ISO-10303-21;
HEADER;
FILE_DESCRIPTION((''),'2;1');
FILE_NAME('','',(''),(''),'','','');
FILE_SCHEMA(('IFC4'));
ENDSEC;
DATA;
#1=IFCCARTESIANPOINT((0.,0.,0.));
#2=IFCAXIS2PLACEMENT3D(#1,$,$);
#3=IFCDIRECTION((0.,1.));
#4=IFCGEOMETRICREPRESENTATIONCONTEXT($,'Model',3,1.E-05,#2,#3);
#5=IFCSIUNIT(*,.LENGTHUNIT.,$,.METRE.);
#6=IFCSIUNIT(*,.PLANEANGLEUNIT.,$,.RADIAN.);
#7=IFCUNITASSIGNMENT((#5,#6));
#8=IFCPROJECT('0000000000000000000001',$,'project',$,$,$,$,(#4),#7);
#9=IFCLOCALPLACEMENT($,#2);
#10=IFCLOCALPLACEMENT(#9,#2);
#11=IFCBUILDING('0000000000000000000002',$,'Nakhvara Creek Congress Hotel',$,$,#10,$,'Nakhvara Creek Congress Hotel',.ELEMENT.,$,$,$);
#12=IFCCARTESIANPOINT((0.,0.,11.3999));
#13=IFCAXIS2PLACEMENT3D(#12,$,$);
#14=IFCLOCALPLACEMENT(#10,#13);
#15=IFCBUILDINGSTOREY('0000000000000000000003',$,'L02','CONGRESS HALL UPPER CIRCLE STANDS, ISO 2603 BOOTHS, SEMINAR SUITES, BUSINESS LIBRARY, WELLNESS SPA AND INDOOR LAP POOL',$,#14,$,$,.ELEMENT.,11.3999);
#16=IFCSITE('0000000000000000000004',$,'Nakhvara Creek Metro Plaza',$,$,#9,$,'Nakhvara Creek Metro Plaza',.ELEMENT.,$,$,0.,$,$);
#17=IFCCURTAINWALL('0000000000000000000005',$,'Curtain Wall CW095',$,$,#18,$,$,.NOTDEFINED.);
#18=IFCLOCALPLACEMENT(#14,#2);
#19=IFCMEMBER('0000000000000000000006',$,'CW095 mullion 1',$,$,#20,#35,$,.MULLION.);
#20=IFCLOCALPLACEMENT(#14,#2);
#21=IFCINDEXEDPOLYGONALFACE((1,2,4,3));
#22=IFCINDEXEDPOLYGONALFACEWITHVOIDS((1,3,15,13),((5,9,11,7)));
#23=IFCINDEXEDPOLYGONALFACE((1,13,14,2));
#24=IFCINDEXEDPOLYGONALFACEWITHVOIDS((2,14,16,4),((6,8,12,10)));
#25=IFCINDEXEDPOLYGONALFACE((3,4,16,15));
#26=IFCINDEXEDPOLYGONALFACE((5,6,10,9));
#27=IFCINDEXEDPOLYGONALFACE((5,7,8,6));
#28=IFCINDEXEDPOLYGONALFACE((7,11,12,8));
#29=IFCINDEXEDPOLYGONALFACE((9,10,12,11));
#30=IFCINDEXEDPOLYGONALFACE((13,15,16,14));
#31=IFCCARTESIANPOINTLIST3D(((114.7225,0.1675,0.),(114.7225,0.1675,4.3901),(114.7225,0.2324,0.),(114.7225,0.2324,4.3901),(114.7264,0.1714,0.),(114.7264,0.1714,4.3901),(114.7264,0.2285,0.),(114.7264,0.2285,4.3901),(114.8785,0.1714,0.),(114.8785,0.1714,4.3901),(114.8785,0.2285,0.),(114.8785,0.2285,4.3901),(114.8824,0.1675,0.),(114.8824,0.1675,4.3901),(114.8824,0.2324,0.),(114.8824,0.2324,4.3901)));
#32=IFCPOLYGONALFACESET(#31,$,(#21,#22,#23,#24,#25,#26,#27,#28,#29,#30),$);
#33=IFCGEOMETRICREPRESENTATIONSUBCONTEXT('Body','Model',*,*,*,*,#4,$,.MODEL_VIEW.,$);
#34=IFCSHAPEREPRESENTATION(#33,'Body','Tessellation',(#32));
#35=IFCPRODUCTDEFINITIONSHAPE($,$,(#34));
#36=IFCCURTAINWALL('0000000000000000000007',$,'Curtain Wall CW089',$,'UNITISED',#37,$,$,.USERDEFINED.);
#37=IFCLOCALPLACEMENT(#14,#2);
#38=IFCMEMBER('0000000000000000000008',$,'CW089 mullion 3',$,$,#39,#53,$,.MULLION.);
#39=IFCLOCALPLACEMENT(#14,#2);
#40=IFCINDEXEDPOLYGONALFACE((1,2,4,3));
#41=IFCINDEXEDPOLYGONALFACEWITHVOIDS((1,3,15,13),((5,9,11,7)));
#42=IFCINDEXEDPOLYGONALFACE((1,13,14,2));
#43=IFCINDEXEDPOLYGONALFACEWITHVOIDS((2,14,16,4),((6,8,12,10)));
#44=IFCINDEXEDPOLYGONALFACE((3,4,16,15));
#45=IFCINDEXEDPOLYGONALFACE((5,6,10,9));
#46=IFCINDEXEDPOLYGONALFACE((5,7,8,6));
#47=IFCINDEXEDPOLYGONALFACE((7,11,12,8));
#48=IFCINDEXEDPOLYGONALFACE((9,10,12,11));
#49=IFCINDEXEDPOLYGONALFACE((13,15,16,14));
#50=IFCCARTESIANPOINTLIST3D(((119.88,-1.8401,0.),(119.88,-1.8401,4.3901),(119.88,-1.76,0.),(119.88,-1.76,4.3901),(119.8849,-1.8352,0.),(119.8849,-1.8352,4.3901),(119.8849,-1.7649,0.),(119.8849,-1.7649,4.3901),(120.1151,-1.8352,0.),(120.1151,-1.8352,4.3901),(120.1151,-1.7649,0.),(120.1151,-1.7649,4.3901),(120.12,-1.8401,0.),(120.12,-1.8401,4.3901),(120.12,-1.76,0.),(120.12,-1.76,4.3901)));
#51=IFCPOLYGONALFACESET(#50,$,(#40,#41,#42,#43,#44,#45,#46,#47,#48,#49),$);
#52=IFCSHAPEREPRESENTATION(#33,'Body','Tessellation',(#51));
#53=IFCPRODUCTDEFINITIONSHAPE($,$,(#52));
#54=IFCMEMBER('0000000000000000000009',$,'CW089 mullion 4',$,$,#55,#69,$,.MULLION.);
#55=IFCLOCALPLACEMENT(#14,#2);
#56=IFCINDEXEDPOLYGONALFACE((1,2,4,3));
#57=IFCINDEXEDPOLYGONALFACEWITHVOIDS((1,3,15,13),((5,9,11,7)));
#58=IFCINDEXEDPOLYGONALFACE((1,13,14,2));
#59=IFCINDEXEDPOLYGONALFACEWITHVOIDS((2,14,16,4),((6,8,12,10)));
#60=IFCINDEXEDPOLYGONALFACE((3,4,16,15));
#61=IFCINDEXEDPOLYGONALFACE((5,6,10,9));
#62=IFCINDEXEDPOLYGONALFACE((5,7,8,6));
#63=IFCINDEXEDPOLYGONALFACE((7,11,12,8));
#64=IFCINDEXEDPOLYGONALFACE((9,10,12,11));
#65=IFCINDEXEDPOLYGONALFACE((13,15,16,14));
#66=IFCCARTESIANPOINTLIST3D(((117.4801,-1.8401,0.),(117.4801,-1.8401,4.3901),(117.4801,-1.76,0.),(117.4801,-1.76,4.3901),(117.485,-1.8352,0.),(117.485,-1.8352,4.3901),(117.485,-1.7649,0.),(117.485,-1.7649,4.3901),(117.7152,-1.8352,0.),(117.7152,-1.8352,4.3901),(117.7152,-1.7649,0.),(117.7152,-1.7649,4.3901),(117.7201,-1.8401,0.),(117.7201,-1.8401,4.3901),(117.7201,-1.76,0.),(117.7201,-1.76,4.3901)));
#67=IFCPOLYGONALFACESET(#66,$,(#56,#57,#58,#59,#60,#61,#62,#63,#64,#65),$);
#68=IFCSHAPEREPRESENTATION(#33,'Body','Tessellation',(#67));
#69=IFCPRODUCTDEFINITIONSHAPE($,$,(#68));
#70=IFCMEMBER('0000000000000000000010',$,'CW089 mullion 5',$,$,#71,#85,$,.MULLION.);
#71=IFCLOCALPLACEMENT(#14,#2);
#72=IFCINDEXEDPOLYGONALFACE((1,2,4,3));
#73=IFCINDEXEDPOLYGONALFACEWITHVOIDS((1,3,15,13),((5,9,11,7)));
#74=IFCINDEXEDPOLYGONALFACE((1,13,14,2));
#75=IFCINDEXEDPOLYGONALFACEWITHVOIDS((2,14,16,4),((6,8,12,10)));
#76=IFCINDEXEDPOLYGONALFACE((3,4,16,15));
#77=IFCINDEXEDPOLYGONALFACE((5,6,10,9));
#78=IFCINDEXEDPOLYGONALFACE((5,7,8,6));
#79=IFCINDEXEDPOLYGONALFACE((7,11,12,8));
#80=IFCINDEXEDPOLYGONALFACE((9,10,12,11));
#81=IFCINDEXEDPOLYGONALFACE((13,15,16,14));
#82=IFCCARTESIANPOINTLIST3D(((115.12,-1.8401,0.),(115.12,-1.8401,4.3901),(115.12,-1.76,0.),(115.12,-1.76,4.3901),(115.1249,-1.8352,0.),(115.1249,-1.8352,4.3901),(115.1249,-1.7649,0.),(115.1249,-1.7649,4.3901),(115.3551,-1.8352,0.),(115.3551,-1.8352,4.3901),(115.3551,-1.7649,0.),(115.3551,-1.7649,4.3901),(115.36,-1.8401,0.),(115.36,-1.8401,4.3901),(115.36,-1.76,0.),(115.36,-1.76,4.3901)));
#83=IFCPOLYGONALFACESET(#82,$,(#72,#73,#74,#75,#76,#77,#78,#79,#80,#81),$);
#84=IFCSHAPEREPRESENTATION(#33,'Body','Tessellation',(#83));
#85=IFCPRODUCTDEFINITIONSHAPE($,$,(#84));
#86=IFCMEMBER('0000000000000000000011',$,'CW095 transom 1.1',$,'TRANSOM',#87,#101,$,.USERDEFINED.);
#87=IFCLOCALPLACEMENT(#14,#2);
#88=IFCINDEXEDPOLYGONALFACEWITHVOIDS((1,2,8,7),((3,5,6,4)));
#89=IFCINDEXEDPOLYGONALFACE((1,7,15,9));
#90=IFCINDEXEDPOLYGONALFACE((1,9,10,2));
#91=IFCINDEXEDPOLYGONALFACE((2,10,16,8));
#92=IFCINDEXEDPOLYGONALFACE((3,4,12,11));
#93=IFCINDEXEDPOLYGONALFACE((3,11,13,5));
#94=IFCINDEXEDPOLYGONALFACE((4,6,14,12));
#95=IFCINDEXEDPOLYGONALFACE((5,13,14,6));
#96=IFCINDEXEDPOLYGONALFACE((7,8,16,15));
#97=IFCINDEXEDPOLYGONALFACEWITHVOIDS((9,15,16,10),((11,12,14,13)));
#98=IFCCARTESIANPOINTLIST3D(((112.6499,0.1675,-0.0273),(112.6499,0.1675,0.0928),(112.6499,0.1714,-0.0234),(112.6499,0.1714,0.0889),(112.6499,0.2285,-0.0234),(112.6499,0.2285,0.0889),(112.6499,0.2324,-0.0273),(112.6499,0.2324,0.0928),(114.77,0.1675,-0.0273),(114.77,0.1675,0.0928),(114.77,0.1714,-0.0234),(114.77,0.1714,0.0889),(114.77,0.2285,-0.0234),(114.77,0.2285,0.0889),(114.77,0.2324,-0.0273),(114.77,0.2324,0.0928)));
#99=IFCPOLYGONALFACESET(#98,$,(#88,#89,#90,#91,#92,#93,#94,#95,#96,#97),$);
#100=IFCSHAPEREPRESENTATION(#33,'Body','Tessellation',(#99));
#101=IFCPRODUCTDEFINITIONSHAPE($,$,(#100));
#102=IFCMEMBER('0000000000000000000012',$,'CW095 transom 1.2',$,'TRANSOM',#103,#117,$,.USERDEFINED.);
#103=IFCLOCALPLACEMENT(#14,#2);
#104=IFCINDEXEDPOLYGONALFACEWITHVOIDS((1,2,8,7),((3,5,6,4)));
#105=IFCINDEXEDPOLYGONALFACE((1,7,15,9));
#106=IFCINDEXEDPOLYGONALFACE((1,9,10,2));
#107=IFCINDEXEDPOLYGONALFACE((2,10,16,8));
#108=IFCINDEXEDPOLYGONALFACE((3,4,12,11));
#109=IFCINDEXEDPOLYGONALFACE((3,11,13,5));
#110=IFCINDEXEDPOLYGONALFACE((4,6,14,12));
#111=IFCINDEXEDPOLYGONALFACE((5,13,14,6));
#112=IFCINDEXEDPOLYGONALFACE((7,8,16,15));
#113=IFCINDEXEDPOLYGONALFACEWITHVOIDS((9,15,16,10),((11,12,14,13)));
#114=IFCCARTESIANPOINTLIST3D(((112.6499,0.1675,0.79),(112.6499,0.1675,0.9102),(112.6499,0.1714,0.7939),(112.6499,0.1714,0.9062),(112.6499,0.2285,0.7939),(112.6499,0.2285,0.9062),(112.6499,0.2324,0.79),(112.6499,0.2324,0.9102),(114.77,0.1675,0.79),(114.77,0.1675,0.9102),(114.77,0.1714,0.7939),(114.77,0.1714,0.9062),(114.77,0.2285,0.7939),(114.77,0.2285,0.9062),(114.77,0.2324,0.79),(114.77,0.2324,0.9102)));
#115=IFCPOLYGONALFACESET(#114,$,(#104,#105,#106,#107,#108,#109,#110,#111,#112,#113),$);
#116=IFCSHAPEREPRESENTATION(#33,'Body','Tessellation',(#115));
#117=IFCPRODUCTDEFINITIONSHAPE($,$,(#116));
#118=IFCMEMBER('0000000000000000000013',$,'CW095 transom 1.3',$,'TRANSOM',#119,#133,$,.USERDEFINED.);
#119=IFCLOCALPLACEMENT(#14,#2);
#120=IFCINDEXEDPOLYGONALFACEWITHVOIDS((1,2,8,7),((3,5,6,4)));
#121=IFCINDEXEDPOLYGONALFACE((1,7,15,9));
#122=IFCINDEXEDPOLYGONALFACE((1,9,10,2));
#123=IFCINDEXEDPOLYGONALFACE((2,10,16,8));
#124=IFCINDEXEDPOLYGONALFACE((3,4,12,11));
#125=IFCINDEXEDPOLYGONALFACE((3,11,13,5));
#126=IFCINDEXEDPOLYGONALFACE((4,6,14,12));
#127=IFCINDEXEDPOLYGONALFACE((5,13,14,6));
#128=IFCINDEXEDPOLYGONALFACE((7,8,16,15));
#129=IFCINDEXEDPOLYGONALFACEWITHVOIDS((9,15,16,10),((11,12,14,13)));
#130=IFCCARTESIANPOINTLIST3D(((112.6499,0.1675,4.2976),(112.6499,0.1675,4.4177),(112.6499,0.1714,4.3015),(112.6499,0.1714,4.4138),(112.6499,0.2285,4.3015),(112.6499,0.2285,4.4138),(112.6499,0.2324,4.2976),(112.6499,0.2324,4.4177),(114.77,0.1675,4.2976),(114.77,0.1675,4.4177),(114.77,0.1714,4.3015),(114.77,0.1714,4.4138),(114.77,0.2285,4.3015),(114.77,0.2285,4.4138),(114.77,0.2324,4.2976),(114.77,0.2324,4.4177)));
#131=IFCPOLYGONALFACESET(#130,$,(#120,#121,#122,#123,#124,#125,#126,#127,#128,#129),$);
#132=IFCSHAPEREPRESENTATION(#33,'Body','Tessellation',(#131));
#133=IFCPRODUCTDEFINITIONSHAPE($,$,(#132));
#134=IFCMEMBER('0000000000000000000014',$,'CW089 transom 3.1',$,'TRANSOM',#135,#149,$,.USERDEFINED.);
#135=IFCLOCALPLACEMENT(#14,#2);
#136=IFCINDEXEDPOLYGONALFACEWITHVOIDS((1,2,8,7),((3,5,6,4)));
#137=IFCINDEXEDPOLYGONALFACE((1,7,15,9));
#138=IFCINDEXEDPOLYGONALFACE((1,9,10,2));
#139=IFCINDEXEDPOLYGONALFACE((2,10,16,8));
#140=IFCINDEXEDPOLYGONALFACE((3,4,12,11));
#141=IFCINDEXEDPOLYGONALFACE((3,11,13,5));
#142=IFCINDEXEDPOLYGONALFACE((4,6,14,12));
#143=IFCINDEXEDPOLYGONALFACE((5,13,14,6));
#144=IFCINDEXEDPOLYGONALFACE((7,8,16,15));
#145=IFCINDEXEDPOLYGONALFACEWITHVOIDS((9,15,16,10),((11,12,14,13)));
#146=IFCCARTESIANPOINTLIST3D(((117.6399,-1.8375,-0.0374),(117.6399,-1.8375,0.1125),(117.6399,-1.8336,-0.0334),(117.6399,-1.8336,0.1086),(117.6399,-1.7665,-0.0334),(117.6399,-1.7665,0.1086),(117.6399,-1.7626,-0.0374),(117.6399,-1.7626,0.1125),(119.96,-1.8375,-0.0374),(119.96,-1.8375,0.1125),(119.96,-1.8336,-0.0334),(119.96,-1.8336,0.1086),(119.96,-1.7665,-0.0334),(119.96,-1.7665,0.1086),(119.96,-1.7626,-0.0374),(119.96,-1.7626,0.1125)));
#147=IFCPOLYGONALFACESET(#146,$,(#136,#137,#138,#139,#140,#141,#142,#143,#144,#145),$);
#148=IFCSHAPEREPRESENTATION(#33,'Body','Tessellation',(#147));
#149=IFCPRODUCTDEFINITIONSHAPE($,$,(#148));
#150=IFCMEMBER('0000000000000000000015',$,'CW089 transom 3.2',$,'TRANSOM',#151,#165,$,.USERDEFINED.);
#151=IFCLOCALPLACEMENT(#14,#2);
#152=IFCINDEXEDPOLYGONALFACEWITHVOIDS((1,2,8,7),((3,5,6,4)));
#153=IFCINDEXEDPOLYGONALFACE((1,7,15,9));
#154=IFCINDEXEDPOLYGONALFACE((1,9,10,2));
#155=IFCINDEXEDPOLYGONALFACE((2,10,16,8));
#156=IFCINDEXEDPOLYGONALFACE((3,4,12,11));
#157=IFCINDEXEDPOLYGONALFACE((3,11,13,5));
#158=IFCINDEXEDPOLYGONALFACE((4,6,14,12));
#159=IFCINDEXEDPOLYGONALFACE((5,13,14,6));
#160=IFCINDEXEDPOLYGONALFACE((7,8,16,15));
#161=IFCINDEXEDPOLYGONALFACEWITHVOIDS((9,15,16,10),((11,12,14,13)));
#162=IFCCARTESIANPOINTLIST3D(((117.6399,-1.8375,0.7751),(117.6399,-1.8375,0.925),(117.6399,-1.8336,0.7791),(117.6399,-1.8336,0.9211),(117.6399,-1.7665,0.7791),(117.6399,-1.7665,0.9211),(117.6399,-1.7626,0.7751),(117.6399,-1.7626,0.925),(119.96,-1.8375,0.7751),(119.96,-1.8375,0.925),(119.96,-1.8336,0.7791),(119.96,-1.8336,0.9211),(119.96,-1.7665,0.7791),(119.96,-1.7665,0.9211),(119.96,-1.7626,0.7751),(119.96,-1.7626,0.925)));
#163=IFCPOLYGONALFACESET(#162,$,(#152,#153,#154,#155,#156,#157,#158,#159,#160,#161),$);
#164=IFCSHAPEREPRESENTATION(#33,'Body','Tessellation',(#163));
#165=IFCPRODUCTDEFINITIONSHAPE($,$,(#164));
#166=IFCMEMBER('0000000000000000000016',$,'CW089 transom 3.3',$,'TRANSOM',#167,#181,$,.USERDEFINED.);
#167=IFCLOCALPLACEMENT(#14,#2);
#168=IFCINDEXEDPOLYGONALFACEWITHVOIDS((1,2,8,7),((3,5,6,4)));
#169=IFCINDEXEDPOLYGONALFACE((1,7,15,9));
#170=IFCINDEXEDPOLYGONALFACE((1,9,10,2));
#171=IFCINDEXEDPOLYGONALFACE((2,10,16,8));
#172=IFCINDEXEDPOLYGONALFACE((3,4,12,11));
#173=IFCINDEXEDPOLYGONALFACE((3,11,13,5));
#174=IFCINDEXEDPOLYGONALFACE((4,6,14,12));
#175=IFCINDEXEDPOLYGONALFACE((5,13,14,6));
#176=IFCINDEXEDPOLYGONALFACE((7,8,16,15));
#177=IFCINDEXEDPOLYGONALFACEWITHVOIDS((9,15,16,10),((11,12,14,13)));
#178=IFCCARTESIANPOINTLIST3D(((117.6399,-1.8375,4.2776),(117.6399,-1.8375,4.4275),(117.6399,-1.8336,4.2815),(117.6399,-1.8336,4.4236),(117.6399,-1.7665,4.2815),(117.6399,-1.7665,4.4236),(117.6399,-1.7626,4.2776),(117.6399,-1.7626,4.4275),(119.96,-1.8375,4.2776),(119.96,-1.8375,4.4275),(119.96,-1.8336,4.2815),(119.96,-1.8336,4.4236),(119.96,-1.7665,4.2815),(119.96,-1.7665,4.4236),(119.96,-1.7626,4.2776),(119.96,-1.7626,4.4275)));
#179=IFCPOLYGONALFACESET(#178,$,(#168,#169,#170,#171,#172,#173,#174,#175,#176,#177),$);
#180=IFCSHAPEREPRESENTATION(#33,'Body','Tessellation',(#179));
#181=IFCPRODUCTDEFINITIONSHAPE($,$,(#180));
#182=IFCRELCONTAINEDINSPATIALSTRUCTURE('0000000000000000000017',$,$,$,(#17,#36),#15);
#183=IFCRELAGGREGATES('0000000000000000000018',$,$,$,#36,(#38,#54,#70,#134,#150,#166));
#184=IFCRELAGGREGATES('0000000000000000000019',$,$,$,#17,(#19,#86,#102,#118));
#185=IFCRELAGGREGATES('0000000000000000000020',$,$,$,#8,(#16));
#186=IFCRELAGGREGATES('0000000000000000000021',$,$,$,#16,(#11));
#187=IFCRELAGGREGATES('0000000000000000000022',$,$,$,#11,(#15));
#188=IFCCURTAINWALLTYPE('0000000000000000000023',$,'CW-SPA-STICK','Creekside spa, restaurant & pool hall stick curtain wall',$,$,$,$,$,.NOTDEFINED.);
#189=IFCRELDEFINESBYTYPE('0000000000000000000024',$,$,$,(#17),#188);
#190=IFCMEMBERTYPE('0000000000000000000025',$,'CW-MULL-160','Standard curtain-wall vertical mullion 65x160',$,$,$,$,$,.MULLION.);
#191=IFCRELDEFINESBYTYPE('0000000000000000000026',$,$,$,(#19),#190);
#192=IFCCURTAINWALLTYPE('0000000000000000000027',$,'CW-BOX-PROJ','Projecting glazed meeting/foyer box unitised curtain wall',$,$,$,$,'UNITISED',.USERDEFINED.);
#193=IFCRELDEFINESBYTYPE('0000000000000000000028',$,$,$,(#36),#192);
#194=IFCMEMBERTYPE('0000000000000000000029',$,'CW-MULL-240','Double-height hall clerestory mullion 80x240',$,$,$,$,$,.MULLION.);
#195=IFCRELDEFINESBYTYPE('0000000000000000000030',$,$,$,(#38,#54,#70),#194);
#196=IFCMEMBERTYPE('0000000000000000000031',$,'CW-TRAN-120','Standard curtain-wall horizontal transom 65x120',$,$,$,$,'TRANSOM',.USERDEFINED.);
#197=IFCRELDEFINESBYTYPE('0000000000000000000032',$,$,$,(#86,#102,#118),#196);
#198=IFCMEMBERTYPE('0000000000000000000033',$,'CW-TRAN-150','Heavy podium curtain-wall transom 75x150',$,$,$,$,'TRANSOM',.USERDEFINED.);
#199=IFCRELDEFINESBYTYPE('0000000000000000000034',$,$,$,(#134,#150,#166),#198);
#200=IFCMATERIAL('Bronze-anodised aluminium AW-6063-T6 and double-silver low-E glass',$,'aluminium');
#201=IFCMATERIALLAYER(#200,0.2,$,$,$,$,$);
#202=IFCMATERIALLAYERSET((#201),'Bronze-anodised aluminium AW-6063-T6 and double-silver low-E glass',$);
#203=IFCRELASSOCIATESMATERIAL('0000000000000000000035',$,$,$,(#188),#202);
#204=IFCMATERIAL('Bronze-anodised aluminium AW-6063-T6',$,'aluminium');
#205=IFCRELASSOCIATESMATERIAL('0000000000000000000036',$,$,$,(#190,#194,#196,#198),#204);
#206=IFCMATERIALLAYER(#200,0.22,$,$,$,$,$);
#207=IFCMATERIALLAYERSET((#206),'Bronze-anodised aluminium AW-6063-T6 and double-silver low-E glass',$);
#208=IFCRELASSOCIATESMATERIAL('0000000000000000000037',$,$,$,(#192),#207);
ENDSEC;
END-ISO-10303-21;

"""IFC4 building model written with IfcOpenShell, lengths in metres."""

from ifc_helpers import new_model, si_unit, direction, frame, origin, origin_2d, place, context, subcontext, project, spatial, hollow_rectangle, extrude, material, layer, layer_set, material_profile, profile_set, type_object, element, aggregate, save


model = new_model("IFC4")

# Units and contexts
model_context = context("Model", 3, precision=1e-05, world=origin(), true_north=direction((0.0, 1.0)))
body_context = subcontext(model_context, "Body", "Model", "MODEL_VIEW")
ifc_project = project(units=[si_unit("LENGTHUNIT", "METRE"), si_unit("PLANEANGLEUNIT", "RADIAN")], contexts=[model_context])

# Site, building, storey
site_placement = place(None, origin())
site = spatial("IfcSite", under=ifc_project, at=site_placement, Name="Nakhvara Creek Metro Plaza", LongName="Nakhvara Creek Metro Plaza", CompositionType="ELEMENT", RefElevation=0.0)
building_placement = place(site_placement, origin())
building = spatial("IfcBuilding", under=site, at=building_placement, Name="Nakhvara Creek Congress Hotel", LongName="Nakhvara Creek Congress Hotel", CompositionType="ELEMENT")
storey_placement = place(building_placement, frame((0.0, 0.0, 11.3999)))
storey = spatial("IfcBuildingStorey", under=building, at=storey_placement, Name="L02", Description="CONGRESS HALL UPPER CIRCLE STANDS, ISO 2603 BOOTHS, SEMINAR SUITES, BUSINESS LIBRARY, WELLNESS SPA AND INDOOR LAP POOL", CompositionType="ELEMENT", Elevation=11.3999)

# Curtain wall, member
ifc_material_1 = material(Name="Bronze-anodised aluminium AW-6063-T6 and double-silver low-E glass", Category="aluminium")
ifc_layer_1 = layer(ifc_material_1, 0.2)
ifc_layer_set_1 = layer_set([ifc_layer_1], Name="Bronze-anodised aluminium AW-6063-T6 and double-silver low-E glass")
curtain_wall_type_1 = type_object("IfcCurtainWallType", Name="CW-SPA-STICK", Description="Creekside spa, restaurant & pool hall stick curtain wall", PredefinedType="NOTDEFINED", material=ifc_layer_set_1)
curtain_wall_1_placement = place(storey_placement, origin())
curtain_wall_1 = element("IfcCurtainWall", 1, at=curtain_wall_1_placement, inside=storey, type_object=curtain_wall_type_1, Name="Curtain Wall CW095", PredefinedType="NOTDEFINED")
ifc_material_2 = material(Name="Bronze-anodised aluminium AW-6063-T6", Category="aluminium")
ifc_material_profile_1 = material_profile(ifc_material_2, hollow_rectangle(XDim=0.0649, YDim=0.1599, WallThickness=0.0039, at=origin_2d()), Name="ALU-MULL 65x160x4", Category="LoadBearing")
ifc_profile_set_1 = profile_set([ifc_material_profile_1], Name="Bronze-anodised aluminium AW-6063-T6")
member_type_1 = type_object("IfcMemberType", Name="CW-MULL-160", Description="Standard curtain-wall vertical mullion 65x160", PredefinedType="MULLION", material=ifc_profile_set_1)
member_1_placement = place(storey_placement, frame((114.8025, 0.2, 0.0), z_axis=(0.0, 0.0, 1.0), x_axis=(0.0, -1.0, 0.0)))
member_1 = element("IfcMember", 2, at=member_1_placement, type_object=member_type_1, Name="CW095 mullion 1", PredefinedType="MULLION", context=body_context, shape_type="SweptSolid", body=[
    extrude(hollow_rectangle(XDim=0.0649, YDim=0.1599, WallThickness=0.0039, at=origin_2d()), origin(), (0.0, 0.0, 1.0), 4.3901),
])

# Curtain wall, members
ifc_layer_2 = layer(ifc_material_1, 0.22)
ifc_layer_set_2 = layer_set([ifc_layer_2], Name="Bronze-anodised aluminium AW-6063-T6 and double-silver low-E glass")
curtain_wall_type_2 = type_object("IfcCurtainWallType", Name="CW-BOX-PROJ", Description="Projecting glazed meeting/foyer box unitised curtain wall", ElementType="UNITISED", PredefinedType="USERDEFINED", material=ifc_layer_set_2)
curtain_wall_2_placement = place(storey_placement, origin())
curtain_wall_2 = element("IfcCurtainWall", 3, at=curtain_wall_2_placement, inside=storey, type_object=curtain_wall_type_2, Name="Curtain Wall CW089", ObjectType="UNITISED", PredefinedType="USERDEFINED")
ifc_material_profile_2 = material_profile(ifc_material_2, hollow_rectangle(XDim=0.0801, YDim=0.24, WallThickness=0.0049, at=origin_2d()), Name="ALU-MULL 80x240x5", Category="LoadBearing")
ifc_profile_set_2 = profile_set([ifc_material_profile_2], Name="Bronze-anodised aluminium AW-6063-T6")
member_type_2 = type_object("IfcMemberType", Name="CW-MULL-240", Description="Double-height hall clerestory mullion 80x240", PredefinedType="MULLION", material=ifc_profile_set_2)
member_2_placement = place(storey_placement, frame((120.0, -1.8, 0.0), z_axis=(0.0, 0.0, 1.0), x_axis=(0.0, -1.0, 0.0)))
member_2 = element("IfcMember", 4, at=member_2_placement, type_object=member_type_2, Name="CW089 mullion 3", PredefinedType="MULLION", context=body_context, shape_type="SweptSolid", body=[
    extrude(hollow_rectangle(XDim=0.0801, YDim=0.24, WallThickness=0.0049, at=origin_2d()), origin(), (0.0, 0.0, 1.0), 4.3901),
])
member_3_placement = place(storey_placement, frame((117.6001, -1.8, 0.0), z_axis=(0.0, 0.0, 1.0), x_axis=(0.0, -1.0, 0.0)))
member_3 = element("IfcMember", 5, at=member_3_placement, type_object=member_type_2, Name="CW089 mullion 4", PredefinedType="MULLION", context=body_context, shape_type="SweptSolid", body=[
    extrude(hollow_rectangle(XDim=0.0801, YDim=0.24, WallThickness=0.0049, at=origin_2d()), origin(), (0.0, 0.0, 1.0), 4.3901),
])
member_4_placement = place(storey_placement, frame((115.24, -1.8, 0.0), z_axis=(0.0, 0.0, 1.0), x_axis=(0.0, -1.0, 0.0)))
member_4 = element("IfcMember", 6, at=member_4_placement, type_object=member_type_2, Name="CW089 mullion 5", PredefinedType="MULLION", context=body_context, shape_type="SweptSolid", body=[
    extrude(hollow_rectangle(XDim=0.0801, YDim=0.24, WallThickness=0.0049, at=origin_2d()), origin(), (0.0, 0.0, 1.0), 4.3901),
])

# Members
ifc_material_profile_3 = material_profile(ifc_material_2, hollow_rectangle(XDim=0.0649, YDim=0.1201, WallThickness=0.0039, at=origin_2d()), Name="ALU-TRAN 65x120x4", Category="LoadBearing")
ifc_profile_set_3 = profile_set([ifc_material_profile_3], Name="Bronze-anodised aluminium AW-6063-T6")
member_type_3 = type_object("IfcMemberType", Name="CW-TRAN-120", Description="Standard curtain-wall horizontal transom 65x120", ElementType="TRANSOM", PredefinedType="USERDEFINED", material=ifc_profile_set_3)
member_5_placement = place(storey_placement, frame((114.77, 0.2, 0.0327), z_axis=(-1.0, 0.0, 0.0), x_axis=(0.0, -1.0, 0.0)))
member_5 = element("IfcMember", 7, at=member_5_placement, type_object=member_type_3, Name="CW095 transom 1.1", ObjectType="TRANSOM", PredefinedType="USERDEFINED", context=body_context, shape_type="SweptSolid", body=[
    extrude(hollow_rectangle(XDim=0.0649, YDim=0.1201, WallThickness=0.0039, at=origin_2d()), origin(), (0.0, 0.0, 1.0), 2.1201),
])
member_6_placement = place(storey_placement, frame((114.77, 0.2, 0.8501), z_axis=(-1.0, 0.0, 0.0), x_axis=(0.0, -1.0, 0.0)))
member_6 = element("IfcMember", 8, at=member_6_placement, type_object=member_type_3, Name="CW095 transom 1.2", ObjectType="TRANSOM", PredefinedType="USERDEFINED", context=body_context, shape_type="SweptSolid", body=[
    extrude(hollow_rectangle(XDim=0.0649, YDim=0.1201, WallThickness=0.0039, at=origin_2d()), origin(), (0.0, 0.0, 1.0), 2.1201),
])
member_7_placement = place(storey_placement, frame((114.77, 0.2, 4.3577), z_axis=(-1.0, 0.0, 0.0), x_axis=(0.0, -1.0, 0.0)))
member_7 = element("IfcMember", 9, at=member_7_placement, type_object=member_type_3, Name="CW095 transom 1.3", ObjectType="TRANSOM", PredefinedType="USERDEFINED", context=body_context, shape_type="SweptSolid", body=[
    extrude(hollow_rectangle(XDim=0.0649, YDim=0.1201, WallThickness=0.0039, at=origin_2d()), origin(), (0.0, 0.0, 1.0), 2.1201),
])
ifc_material_profile_4 = material_profile(ifc_material_2, hollow_rectangle(XDim=0.075, YDim=0.1499, WallThickness=0.0039, at=origin_2d()), Name="ALU-TRAN 75x150x4", Category="LoadBearing")
ifc_profile_set_4 = profile_set([ifc_material_profile_4], Name="Bronze-anodised aluminium AW-6063-T6")
member_type_4 = type_object("IfcMemberType", Name="CW-TRAN-150", Description="Heavy podium curtain-wall transom 75x150", ElementType="TRANSOM", PredefinedType="USERDEFINED", material=ifc_profile_set_4)
member_8_placement = place(storey_placement, frame((119.96, -1.8, 0.0376), z_axis=(-1.0, 0.0, 0.0), x_axis=(0.0, -1.0, 0.0)))
member_8 = element("IfcMember", 10, at=member_8_placement, type_object=member_type_4, Name="CW089 transom 3.1", ObjectType="TRANSOM", PredefinedType="USERDEFINED", context=body_context, shape_type="SweptSolid", body=[
    extrude(hollow_rectangle(XDim=0.075, YDim=0.1499, WallThickness=0.0039, at=origin_2d()), origin(), (0.0, 0.0, 1.0), 2.3201),
])
member_9_placement = place(storey_placement, frame((119.96, -1.8, 0.8501), z_axis=(-1.0, 0.0, 0.0), x_axis=(0.0, -1.0, 0.0)))
member_9 = element("IfcMember", 11, at=member_9_placement, type_object=member_type_4, Name="CW089 transom 3.2", ObjectType="TRANSOM", PredefinedType="USERDEFINED", context=body_context, shape_type="SweptSolid", body=[
    extrude(hollow_rectangle(XDim=0.075, YDim=0.1499, WallThickness=0.0039, at=origin_2d()), origin(), (0.0, 0.0, 1.0), 2.3201),
])
member_10_placement = place(storey_placement, frame((119.96, -1.8, 4.3525), z_axis=(-1.0, 0.0, 0.0), x_axis=(0.0, -1.0, 0.0)))
member_10 = element("IfcMember", 12, at=member_10_placement, type_object=member_type_4, Name="CW089 transom 3.3", ObjectType="TRANSOM", PredefinedType="USERDEFINED", context=body_context, shape_type="SweptSolid", body=[
    extrude(hollow_rectangle(XDim=0.075, YDim=0.1499, WallThickness=0.0039, at=origin_2d()), origin(), (0.0, 0.0, 1.0), 2.3201),
])

aggregate(curtain_wall_2, [member_2, member_3, member_4, member_8, member_9, member_10])
aggregate(curtain_wall_1, [member_1, member_5, member_6, member_7])

save(model, "model.ifc")
